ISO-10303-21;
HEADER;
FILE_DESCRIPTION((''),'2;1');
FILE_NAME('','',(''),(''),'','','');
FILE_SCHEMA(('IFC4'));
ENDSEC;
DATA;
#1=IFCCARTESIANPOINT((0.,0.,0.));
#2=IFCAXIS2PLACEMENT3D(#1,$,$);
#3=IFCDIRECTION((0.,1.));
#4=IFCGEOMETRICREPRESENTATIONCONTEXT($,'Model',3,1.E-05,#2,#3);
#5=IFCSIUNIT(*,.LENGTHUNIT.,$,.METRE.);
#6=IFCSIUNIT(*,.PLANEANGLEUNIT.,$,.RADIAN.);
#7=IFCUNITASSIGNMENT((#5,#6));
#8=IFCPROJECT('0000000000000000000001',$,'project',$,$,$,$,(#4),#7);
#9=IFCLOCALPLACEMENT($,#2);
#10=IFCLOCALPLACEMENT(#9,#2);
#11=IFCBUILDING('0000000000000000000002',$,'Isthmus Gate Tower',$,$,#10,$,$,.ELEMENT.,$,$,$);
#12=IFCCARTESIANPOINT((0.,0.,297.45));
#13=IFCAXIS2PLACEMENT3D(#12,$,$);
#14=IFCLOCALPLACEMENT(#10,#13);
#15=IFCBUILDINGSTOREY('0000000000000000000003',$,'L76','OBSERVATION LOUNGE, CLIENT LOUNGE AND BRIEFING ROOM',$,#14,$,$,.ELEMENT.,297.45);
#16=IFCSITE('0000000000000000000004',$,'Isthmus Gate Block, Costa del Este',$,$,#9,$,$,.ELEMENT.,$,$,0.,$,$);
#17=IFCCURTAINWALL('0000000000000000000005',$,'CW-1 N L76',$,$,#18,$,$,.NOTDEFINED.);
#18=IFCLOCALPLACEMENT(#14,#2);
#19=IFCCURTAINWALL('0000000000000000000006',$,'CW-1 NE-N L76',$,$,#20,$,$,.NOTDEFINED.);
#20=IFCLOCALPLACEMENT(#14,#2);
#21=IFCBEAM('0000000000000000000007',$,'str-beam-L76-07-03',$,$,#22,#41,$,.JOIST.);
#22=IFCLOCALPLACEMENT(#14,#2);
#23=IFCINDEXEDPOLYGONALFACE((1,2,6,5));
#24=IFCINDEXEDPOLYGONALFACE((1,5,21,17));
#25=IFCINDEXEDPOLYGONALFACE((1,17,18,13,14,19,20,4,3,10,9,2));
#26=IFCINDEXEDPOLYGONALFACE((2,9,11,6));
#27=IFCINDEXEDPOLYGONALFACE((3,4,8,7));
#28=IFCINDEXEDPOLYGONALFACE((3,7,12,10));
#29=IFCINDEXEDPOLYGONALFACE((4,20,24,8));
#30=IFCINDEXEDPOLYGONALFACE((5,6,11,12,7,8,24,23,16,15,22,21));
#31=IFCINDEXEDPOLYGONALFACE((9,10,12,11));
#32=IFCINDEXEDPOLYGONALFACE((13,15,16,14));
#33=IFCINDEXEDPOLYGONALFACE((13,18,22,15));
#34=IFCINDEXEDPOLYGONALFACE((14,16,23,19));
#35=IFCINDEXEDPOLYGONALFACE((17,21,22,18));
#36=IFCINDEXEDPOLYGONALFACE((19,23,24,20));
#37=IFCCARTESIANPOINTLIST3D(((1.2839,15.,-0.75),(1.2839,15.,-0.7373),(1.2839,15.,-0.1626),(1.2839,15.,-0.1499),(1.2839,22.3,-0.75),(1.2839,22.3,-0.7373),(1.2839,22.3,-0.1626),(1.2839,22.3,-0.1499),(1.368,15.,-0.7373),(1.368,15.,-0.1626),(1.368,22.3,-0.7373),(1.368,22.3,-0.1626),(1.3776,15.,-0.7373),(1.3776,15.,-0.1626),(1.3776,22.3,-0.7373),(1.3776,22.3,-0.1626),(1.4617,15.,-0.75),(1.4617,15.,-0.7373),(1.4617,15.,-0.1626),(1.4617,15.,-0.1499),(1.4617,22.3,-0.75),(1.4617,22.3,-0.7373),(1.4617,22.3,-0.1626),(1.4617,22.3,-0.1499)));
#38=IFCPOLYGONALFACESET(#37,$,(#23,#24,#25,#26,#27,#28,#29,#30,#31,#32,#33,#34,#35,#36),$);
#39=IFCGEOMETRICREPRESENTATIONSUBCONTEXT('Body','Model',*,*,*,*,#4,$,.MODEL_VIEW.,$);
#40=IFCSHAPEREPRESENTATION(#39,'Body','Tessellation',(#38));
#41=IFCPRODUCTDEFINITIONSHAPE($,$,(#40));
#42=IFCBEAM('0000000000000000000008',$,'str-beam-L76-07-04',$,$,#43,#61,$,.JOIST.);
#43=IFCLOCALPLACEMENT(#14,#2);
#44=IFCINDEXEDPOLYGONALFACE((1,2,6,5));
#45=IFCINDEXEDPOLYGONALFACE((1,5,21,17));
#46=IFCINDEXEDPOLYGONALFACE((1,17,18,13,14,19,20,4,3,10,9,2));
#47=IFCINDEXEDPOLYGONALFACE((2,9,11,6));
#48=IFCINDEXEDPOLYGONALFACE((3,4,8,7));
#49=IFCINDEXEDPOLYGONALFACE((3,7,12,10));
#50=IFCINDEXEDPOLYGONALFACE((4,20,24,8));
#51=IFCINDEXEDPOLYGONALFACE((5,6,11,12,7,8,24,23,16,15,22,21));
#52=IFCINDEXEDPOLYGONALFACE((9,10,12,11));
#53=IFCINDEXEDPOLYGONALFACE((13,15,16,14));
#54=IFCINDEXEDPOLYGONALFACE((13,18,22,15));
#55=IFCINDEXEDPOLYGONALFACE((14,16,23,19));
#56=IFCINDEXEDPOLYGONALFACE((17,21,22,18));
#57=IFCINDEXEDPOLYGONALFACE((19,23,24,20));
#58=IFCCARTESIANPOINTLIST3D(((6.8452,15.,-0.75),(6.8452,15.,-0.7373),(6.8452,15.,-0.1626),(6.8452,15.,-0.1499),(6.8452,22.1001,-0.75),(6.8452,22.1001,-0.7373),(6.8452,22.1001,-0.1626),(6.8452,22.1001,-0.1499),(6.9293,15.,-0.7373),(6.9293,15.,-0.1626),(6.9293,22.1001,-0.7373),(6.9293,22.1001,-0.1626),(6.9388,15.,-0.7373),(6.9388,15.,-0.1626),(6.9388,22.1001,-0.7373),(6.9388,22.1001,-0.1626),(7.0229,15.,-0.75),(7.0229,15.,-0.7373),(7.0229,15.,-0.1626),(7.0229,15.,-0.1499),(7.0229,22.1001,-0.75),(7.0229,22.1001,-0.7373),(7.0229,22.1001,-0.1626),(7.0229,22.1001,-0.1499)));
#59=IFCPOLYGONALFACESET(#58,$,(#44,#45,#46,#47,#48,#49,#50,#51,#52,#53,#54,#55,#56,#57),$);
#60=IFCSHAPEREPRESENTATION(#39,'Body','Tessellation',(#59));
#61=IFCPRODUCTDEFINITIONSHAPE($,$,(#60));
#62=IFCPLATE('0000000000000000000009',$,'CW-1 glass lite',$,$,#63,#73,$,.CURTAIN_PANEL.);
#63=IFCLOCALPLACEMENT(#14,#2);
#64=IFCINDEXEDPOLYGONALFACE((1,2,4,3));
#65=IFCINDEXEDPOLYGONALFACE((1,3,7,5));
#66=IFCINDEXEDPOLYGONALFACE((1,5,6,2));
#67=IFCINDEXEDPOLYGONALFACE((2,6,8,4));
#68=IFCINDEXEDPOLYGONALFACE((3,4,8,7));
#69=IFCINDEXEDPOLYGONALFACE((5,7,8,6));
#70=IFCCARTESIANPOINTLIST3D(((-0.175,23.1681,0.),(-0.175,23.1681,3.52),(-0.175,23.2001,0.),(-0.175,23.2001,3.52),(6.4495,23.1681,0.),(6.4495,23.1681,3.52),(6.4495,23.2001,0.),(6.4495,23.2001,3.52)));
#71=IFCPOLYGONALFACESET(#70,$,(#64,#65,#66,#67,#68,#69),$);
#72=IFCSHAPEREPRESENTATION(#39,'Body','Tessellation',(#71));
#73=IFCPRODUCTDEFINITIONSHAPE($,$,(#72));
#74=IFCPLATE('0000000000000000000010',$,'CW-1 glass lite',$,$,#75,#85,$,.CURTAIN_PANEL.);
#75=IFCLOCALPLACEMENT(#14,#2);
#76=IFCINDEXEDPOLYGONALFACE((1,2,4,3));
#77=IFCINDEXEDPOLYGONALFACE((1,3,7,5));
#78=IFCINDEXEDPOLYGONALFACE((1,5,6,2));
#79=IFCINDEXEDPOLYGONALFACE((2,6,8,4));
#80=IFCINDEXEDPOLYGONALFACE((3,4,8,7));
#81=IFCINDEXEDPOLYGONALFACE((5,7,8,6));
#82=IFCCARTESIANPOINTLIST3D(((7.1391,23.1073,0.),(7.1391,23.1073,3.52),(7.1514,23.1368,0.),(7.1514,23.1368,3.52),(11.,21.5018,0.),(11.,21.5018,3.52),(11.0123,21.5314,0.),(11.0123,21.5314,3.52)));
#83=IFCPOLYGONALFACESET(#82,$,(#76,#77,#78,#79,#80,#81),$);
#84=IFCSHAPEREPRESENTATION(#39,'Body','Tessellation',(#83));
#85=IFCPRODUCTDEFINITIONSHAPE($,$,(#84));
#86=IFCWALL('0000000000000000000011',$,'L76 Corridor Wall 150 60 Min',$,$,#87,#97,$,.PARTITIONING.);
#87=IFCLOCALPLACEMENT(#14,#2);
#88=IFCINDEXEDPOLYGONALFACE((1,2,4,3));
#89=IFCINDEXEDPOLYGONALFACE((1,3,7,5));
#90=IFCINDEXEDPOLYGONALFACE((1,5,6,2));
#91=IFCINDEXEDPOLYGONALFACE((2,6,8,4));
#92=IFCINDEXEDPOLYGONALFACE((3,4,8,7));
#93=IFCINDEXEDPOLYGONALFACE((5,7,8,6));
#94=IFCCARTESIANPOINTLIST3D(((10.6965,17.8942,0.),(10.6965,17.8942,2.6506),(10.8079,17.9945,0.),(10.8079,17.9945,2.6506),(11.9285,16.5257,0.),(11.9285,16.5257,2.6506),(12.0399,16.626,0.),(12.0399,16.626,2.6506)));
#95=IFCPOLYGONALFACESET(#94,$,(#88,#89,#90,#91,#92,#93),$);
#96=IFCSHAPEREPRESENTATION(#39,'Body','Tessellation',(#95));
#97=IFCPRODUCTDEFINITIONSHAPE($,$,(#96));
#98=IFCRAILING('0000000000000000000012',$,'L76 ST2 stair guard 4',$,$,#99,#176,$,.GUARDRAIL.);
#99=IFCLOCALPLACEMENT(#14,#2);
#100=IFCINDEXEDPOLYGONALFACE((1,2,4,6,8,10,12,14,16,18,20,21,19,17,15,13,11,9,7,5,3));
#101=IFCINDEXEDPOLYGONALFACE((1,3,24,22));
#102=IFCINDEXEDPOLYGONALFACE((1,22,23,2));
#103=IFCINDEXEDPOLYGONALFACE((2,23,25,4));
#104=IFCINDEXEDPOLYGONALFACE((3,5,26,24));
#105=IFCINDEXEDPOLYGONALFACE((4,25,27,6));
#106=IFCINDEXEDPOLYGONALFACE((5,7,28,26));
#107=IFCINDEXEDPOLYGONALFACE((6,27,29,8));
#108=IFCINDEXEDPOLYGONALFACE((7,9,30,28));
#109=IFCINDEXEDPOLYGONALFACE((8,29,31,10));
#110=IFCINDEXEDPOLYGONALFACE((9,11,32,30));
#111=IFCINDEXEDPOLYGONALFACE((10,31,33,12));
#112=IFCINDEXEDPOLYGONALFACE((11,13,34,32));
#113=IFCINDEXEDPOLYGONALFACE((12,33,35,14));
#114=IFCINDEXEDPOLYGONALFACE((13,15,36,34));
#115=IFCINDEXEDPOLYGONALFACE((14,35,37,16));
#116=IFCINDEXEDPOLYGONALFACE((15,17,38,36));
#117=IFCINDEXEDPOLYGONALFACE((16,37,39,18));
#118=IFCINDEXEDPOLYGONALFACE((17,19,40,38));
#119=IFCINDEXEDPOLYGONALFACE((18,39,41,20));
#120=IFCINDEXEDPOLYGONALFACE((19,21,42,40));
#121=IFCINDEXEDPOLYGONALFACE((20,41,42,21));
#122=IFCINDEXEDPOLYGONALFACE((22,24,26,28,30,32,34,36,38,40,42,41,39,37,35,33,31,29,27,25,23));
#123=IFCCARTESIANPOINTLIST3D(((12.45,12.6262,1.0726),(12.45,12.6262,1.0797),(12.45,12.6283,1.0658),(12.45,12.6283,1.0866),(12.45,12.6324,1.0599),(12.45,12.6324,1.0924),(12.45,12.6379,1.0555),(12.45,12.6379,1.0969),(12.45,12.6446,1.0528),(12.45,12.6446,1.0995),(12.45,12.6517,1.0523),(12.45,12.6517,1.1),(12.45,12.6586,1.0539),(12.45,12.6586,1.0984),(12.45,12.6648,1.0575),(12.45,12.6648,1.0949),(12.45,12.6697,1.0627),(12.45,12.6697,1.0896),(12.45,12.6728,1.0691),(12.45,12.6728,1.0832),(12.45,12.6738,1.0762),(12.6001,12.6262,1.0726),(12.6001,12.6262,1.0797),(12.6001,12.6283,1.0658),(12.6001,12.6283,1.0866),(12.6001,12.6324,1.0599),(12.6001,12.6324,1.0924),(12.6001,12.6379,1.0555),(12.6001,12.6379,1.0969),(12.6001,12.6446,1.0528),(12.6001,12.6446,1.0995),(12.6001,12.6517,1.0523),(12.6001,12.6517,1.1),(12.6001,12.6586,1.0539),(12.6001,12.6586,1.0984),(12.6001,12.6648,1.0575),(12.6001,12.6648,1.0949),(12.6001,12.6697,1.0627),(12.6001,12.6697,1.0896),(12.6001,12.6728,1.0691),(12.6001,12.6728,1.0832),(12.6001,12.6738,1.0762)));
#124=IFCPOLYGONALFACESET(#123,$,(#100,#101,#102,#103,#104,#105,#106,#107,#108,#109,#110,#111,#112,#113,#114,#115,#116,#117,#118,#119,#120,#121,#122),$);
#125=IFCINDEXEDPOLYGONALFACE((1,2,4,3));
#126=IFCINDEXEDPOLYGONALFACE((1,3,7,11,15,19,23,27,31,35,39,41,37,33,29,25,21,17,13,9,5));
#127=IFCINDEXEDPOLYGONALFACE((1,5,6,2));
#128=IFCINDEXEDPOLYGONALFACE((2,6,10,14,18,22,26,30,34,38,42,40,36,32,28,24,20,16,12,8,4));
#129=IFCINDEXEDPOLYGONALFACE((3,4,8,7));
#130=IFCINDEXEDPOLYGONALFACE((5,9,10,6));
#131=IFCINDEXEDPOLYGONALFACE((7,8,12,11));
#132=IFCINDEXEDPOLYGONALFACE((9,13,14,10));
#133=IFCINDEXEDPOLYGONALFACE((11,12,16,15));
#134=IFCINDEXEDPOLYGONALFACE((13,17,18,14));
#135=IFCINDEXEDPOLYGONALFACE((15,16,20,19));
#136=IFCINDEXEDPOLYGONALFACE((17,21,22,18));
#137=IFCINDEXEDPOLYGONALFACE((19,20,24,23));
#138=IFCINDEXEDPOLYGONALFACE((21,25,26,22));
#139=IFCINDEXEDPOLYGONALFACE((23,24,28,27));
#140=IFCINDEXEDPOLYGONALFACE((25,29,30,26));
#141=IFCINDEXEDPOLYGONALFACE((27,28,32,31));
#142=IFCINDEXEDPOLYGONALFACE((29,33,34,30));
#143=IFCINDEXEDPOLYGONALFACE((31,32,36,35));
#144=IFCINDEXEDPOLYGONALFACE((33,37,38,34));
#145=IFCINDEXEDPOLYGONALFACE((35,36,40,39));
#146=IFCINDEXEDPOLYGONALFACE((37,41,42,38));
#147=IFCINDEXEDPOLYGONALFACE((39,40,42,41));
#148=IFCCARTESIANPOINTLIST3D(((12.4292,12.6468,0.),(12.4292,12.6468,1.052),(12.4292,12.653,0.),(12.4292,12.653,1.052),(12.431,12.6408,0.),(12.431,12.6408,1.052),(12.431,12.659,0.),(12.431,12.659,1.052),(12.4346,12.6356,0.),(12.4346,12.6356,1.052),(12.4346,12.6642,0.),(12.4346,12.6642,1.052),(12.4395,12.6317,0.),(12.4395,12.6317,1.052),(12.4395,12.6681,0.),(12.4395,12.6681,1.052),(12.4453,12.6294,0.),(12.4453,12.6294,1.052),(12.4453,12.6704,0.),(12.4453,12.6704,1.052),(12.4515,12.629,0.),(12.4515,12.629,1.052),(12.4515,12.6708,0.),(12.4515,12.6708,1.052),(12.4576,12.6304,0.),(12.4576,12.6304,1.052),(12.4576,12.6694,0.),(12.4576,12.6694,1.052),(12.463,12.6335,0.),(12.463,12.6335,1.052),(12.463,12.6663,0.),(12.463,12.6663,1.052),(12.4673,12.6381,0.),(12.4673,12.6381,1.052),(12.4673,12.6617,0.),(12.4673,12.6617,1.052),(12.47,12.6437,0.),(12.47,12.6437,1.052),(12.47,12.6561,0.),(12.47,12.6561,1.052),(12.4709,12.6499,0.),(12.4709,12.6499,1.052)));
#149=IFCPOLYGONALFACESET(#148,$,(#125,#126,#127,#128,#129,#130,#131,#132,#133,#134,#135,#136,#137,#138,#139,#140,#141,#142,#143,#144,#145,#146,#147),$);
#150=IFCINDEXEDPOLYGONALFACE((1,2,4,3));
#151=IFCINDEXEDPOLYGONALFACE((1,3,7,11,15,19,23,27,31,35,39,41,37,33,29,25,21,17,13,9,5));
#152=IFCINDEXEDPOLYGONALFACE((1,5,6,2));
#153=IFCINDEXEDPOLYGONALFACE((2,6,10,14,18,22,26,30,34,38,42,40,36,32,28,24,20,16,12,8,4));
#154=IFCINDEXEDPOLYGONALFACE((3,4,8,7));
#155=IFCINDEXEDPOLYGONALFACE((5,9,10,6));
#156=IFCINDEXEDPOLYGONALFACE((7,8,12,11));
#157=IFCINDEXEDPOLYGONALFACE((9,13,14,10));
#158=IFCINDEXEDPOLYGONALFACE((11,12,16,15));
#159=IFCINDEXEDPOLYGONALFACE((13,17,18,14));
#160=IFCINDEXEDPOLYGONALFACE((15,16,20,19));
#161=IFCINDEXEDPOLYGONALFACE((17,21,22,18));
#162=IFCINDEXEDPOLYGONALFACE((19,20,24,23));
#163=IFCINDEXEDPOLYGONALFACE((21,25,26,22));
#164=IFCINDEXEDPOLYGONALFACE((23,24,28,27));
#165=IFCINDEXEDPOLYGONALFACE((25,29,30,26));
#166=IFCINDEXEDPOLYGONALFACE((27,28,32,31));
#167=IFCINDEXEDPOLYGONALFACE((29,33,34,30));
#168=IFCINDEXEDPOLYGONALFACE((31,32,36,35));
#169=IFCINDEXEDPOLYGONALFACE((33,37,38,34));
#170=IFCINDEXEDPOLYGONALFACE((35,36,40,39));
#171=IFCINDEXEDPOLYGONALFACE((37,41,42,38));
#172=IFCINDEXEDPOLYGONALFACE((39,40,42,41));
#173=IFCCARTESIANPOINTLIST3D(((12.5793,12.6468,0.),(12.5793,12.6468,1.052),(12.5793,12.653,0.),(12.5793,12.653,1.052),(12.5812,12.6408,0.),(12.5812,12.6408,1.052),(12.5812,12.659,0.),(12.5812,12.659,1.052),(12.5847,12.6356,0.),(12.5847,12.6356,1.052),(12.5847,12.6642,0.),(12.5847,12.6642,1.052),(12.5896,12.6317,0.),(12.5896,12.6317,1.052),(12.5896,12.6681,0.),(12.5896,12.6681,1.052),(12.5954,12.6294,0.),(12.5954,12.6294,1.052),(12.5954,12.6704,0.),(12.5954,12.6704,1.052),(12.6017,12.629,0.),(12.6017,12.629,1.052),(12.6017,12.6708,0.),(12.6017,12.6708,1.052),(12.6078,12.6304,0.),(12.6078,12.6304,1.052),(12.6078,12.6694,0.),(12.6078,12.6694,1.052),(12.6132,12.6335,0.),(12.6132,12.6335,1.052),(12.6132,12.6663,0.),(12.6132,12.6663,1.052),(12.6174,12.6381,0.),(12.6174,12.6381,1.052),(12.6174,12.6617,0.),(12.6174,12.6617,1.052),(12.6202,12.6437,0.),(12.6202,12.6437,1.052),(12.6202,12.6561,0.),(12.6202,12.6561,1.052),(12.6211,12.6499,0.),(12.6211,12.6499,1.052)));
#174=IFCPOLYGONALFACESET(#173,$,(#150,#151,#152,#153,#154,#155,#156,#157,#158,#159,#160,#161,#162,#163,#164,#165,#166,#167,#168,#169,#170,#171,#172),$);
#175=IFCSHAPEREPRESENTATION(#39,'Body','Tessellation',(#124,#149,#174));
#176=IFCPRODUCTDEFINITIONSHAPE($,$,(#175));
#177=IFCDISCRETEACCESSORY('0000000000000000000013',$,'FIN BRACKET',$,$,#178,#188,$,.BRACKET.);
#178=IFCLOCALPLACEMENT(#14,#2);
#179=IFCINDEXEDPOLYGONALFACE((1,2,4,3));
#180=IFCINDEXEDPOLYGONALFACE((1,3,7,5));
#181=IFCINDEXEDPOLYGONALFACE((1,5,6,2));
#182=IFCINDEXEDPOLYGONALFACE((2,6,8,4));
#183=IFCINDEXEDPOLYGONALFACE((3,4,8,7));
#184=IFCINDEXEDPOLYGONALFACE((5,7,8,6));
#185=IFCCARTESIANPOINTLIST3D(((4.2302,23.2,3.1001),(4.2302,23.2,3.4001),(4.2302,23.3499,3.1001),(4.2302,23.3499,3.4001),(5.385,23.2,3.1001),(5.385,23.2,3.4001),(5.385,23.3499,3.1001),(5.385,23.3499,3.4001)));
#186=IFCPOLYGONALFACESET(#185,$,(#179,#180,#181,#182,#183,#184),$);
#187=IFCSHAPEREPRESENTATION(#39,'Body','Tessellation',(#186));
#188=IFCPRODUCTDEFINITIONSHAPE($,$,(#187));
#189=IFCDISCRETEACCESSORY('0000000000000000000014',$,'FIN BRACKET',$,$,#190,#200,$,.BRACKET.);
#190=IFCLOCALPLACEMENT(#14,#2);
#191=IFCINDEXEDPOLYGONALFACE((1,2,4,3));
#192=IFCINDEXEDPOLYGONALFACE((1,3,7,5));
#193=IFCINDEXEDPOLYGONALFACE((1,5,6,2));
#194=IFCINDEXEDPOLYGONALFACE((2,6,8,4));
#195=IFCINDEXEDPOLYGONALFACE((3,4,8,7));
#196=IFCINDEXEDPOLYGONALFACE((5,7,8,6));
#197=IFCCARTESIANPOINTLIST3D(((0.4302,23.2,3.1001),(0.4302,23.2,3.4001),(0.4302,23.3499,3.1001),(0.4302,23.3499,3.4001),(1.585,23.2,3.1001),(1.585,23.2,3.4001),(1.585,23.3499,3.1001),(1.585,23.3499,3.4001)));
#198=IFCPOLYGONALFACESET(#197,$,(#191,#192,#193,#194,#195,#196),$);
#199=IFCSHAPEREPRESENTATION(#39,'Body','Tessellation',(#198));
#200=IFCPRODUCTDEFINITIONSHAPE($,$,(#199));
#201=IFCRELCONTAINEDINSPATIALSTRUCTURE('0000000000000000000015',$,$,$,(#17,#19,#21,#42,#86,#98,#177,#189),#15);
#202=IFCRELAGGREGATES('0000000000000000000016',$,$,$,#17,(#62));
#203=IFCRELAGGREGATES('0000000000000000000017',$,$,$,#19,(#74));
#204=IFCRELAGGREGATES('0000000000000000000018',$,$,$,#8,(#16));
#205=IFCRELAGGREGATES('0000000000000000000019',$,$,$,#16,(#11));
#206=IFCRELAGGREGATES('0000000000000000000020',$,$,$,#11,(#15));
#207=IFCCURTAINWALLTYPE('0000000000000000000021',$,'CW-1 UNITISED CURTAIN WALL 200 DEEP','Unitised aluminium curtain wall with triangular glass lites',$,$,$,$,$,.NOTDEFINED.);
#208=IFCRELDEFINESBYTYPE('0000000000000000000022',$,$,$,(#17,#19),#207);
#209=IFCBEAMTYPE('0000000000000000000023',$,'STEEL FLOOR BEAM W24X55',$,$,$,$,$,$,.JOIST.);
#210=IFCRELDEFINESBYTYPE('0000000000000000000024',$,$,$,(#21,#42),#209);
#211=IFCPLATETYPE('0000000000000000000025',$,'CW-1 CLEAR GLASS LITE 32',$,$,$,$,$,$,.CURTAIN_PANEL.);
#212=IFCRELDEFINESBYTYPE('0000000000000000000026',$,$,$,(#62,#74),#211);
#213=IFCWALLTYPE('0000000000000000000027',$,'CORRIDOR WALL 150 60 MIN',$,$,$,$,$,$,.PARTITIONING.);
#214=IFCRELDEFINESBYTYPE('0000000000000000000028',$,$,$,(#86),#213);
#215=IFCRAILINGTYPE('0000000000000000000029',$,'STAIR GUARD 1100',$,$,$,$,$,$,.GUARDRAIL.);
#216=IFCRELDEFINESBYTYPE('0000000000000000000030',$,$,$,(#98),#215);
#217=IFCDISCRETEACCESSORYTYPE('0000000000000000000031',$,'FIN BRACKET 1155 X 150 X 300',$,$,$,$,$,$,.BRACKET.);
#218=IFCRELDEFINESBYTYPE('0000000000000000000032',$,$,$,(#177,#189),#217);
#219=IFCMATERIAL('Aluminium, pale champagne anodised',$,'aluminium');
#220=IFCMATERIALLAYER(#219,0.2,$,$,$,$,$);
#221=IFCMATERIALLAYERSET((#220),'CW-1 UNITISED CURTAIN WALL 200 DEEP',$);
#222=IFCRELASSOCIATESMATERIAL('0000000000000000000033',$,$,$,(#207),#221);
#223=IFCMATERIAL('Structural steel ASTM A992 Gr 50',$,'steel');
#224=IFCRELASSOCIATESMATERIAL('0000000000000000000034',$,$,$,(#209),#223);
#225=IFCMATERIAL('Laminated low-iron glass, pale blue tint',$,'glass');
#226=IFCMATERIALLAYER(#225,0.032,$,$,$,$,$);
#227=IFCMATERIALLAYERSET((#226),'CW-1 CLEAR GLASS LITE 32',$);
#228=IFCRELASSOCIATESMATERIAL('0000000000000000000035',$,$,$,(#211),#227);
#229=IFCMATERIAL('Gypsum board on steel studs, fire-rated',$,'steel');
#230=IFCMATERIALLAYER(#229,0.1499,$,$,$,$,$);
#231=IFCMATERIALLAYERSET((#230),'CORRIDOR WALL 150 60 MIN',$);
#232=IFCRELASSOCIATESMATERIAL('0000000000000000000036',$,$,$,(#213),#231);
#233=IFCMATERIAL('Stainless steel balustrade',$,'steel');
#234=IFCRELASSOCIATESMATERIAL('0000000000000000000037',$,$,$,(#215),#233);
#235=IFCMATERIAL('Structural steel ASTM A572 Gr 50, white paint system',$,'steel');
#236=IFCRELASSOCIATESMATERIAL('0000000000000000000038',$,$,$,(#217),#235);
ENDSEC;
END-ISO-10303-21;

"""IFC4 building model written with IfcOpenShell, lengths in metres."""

from ifc_helpers import new_model, si_unit, direction, frame, frame_2d, origin, origin_2d, place, context, subcontext, project, spatial, rectangle, circle, i_section, extrude, material, layer, layer_set, material_profile, profile_set, type_object, element, aggregate, save


model = new_model("IFC4")

# Units and contexts
model_context = context("Model", 3, precision=1e-05, world=origin(), true_north=direction((0.0, 1.0)))
body_context = subcontext(model_context, "Body", "Model", "MODEL_VIEW")
ifc_project = project(units=[si_unit("LENGTHUNIT", "METRE"), si_unit("PLANEANGLEUNIT", "RADIAN")], contexts=[model_context])

# Site, building, storey
site_placement = place(None, origin())
site = spatial("IfcSite", under=ifc_project, at=site_placement, Name="Isthmus Gate Block, Costa del Este", CompositionType="ELEMENT", RefElevation=0.0)
building_placement = place(site_placement, origin())
building = spatial("IfcBuilding", under=site, at=building_placement, Name="Isthmus Gate Tower", CompositionType="ELEMENT")
storey_placement = place(building_placement, frame((0.0, 0.0, 297.45)))
storey = spatial("IfcBuildingStorey", under=building, at=storey_placement, Name="L76", Description="OBSERVATION LOUNGE, CLIENT LOUNGE AND BRIEFING ROOM", CompositionType="ELEMENT", Elevation=297.45)

# Curtain walls
ifc_material_1 = material(Name="Aluminium, pale champagne anodised", Category="aluminium")
ifc_layer_1 = layer(ifc_material_1, 0.2)
ifc_layer_set_1 = layer_set([ifc_layer_1], Name="CW-1 UNITISED CURTAIN WALL 200 DEEP")
curtain_wall_type = type_object("IfcCurtainWallType", Name="CW-1 UNITISED CURTAIN WALL 200 DEEP", Description="Unitised aluminium curtain wall with triangular glass lites", PredefinedType="NOTDEFINED", material=ifc_layer_set_1)
curtain_wall_1_placement = place(storey_placement, origin())
curtain_wall_1 = element("IfcCurtainWall", 1, at=curtain_wall_1_placement, inside=storey, type_object=curtain_wall_type, Name="CW-1 N L76", PredefinedType="NOTDEFINED")
curtain_wall_2_placement = place(storey_placement, origin())
curtain_wall_2 = element("IfcCurtainWall", 2, at=curtain_wall_2_placement, inside=storey, type_object=curtain_wall_type, Name="CW-1 NE-N L76", PredefinedType="NOTDEFINED")

# Beams
ifc_material_2 = material(Name="Structural steel ASTM A992 Gr 50", Category="steel")
ifc_material_profile_1 = material_profile(ifc_material_2, i_section(OverallWidth=0.1777, OverallDepth=0.6001, WebThickness=0.0095, FlangeThickness=0.0127, at=origin_2d()), Name="W24X55")
ifc_profile_set_1 = profile_set([ifc_material_profile_1], Name="Structural steel ASTM A992 Gr 50")
beam_type_1 = type_object("IfcBeamType", Name="STEEL FLOOR BEAM W24X55", PredefinedType="JOIST", material=ifc_profile_set_1)
beam_1_placement = place(storey_placement, frame((1.3728, 15.0, -0.45), z_axis=(0.0, 1.0, 0.0), x_axis=(-1.0, 0.0, 0.0)))
element("IfcBeam", 3, at=beam_1_placement, inside=storey, type_object=beam_type_1, Name="str-beam-L76-07-03", PredefinedType="JOIST", context=body_context, shape_type="SweptSolid", body=[
    extrude(i_section(OverallWidth=0.1777, OverallDepth=0.6001, WebThickness=0.0095, FlangeThickness=0.0127, at=origin_2d()), origin(), (0.0, 0.0, 1.0), 7.3),
])
beam_2_placement = place(storey_placement, frame((6.9341, 15.0, -0.45), z_axis=(0.0, 1.0, 0.0), x_axis=(-1.0, 0.0, 0.0)))
element("IfcBeam", 4, at=beam_2_placement, inside=storey, type_object=beam_type_1, Name="str-beam-L76-07-04", PredefinedType="JOIST", context=body_context, shape_type="SweptSolid", body=[
    extrude(i_section(OverallWidth=0.1777, OverallDepth=0.6001, WebThickness=0.0095, FlangeThickness=0.0127, at=origin_2d()), origin(), (0.0, 0.0, 1.0), 7.1001),
])

# Plates
ifc_material_3 = material(Name="Laminated low-iron glass, pale blue tint", Category="glass")
ifc_layer_2 = layer(ifc_material_3, 0.032)
ifc_layer_set_2 = layer_set([ifc_layer_2], Name="CW-1 CLEAR GLASS LITE 32")
plate_type = type_object("IfcPlateType", Name="CW-1 CLEAR GLASS LITE 32", PredefinedType="CURTAIN_PANEL", material=ifc_layer_set_2)
plate_1_placement = place(storey_placement, frame((3.1372, 23.1841, 0.0), z_axis=(0.0, 0.0, 1.0), x_axis=(-1.0, 0.0, 0.0)))
plate_1 = element("IfcPlate", 5, at=plate_1_placement, type_object=plate_type, Name="CW-1 glass lite", PredefinedType="CURTAIN_PANEL", context=body_context, shape_type="SweptSolid", body=[
    extrude(rectangle(XDim=6.6245, YDim=0.032, at=origin_2d()), origin(), (0.0, 0.0, 1.0), 3.52),
])
aggregate(curtain_wall_1, [plate_1])
plate_2_placement = place(storey_placement, frame((9.0757, 22.3193, 0.0), z_axis=(0.0, 0.0, 1.0), x_axis=(-0.923353, 0.383952, 0.0)))
plate_2 = element("IfcPlate", 6, at=plate_2_placement, type_object=plate_type, Name="CW-1 glass lite", PredefinedType="CURTAIN_PANEL", context=body_context, shape_type="SweptSolid", body=[
    extrude(rectangle(XDim=4.1814, YDim=0.032, at=origin_2d()), origin(), (0.0, 0.0, 1.0), 3.52),
])
aggregate(curtain_wall_2, [plate_2])

# Wall
ifc_material_4 = material(Name="Gypsum board on steel studs, fire-rated", Category="steel")
ifc_layer_3 = layer(ifc_material_4, 0.1499)
ifc_layer_set_3 = layer_set([ifc_layer_3], Name="CORRIDOR WALL 150 60 MIN")
wall_type = type_object("IfcWallType", Name="CORRIDOR WALL 150 60 MIN", PredefinedType="PARTITIONING", material=ifc_layer_set_3)
wall_placement = place(storey_placement, frame((10.7522, 17.9443, 0.0), z_axis=(0.0, 0.0, 1.0), x_axis=(0.669075, -0.743195, 0.0)))
element("IfcWall", 7, at=wall_placement, inside=storey, type_object=wall_type, Name="L76 Corridor Wall 150 60 Min", PredefinedType="PARTITIONING", context=body_context, shape_type="SweptSolid", body=[
    extrude(rectangle(XDim=1.8413, YDim=0.1499, at=frame_2d((0.9207, 0.0))), origin(), (0.0, 0.0, 1.0), 2.6506),
])

# Railing
ifc_material_5 = material(Name="Stainless steel balustrade", Category="steel")
railing_type = type_object("IfcRailingType", Name="STAIR GUARD 1100", PredefinedType="GUARDRAIL", material=ifc_material_5)
railing_placement = place(storey_placement, frame((12.45, 12.6499, 0.0)))
element("IfcRailing", 8, at=railing_placement, inside=storey, type_object=railing_type, Name="L76 ST2 stair guard 4", PredefinedType="GUARDRAIL", context=body_context, shape_type="SweptSolid", body=[
    extrude(circle(Radius=0.0239, at=origin_2d()), frame((0.0, 0.0, 1.0762), z_axis=(1.0, 0.0, 0.0), x_axis=(0.0, 1.0, 0.0)), (0.0, 0.0, 1.0), 0.1501),
    extrude(circle(Radius=0.021, at=origin_2d()), origin(), (0.0, 0.0, 1.0), 1.052),
    extrude(circle(Radius=0.021, at=origin_2d()), frame((0.1501, 0.0, 0.0)), (0.0, 0.0, 1.0), 1.052),
])

# Discrete accessories
ifc_material_6 = material(Name="Structural steel ASTM A572 Gr 50, white paint system", Category="steel")
discrete_accessory_type = type_object("IfcDiscreteAccessoryType", Name="FIN BRACKET 1155 X 150 X 300", PredefinedType="BRACKET", material=ifc_material_6)
for number, where, z_axis, x_axis, name in (
    (9, (4.8076, 23.2749, 3.1001), (0.0, 0.0, 1.0), (0.0, 1.0, 0.0), "FIN BRACKET"),
    (10, (1.0076, 23.2749, 3.1001), (0.0, 0.0, 1.0), (0.0, 1.0, 0.0), "FIN BRACKET"),
):
    element("IfcDiscreteAccessory", number, at=place(storey_placement, frame(where, z_axis=z_axis, x_axis=x_axis)), inside=storey, type_object=discrete_accessory_type, Name=name, PredefinedType="BRACKET", context=body_context, shape_type="SweptSolid", body=[
        extrude(rectangle(XDim=0.1499, YDim=1.1548, at=origin_2d()), origin(), (0.0, 0.0, 1.0), 0.3),
    ])

save(model, "model.ifc")
